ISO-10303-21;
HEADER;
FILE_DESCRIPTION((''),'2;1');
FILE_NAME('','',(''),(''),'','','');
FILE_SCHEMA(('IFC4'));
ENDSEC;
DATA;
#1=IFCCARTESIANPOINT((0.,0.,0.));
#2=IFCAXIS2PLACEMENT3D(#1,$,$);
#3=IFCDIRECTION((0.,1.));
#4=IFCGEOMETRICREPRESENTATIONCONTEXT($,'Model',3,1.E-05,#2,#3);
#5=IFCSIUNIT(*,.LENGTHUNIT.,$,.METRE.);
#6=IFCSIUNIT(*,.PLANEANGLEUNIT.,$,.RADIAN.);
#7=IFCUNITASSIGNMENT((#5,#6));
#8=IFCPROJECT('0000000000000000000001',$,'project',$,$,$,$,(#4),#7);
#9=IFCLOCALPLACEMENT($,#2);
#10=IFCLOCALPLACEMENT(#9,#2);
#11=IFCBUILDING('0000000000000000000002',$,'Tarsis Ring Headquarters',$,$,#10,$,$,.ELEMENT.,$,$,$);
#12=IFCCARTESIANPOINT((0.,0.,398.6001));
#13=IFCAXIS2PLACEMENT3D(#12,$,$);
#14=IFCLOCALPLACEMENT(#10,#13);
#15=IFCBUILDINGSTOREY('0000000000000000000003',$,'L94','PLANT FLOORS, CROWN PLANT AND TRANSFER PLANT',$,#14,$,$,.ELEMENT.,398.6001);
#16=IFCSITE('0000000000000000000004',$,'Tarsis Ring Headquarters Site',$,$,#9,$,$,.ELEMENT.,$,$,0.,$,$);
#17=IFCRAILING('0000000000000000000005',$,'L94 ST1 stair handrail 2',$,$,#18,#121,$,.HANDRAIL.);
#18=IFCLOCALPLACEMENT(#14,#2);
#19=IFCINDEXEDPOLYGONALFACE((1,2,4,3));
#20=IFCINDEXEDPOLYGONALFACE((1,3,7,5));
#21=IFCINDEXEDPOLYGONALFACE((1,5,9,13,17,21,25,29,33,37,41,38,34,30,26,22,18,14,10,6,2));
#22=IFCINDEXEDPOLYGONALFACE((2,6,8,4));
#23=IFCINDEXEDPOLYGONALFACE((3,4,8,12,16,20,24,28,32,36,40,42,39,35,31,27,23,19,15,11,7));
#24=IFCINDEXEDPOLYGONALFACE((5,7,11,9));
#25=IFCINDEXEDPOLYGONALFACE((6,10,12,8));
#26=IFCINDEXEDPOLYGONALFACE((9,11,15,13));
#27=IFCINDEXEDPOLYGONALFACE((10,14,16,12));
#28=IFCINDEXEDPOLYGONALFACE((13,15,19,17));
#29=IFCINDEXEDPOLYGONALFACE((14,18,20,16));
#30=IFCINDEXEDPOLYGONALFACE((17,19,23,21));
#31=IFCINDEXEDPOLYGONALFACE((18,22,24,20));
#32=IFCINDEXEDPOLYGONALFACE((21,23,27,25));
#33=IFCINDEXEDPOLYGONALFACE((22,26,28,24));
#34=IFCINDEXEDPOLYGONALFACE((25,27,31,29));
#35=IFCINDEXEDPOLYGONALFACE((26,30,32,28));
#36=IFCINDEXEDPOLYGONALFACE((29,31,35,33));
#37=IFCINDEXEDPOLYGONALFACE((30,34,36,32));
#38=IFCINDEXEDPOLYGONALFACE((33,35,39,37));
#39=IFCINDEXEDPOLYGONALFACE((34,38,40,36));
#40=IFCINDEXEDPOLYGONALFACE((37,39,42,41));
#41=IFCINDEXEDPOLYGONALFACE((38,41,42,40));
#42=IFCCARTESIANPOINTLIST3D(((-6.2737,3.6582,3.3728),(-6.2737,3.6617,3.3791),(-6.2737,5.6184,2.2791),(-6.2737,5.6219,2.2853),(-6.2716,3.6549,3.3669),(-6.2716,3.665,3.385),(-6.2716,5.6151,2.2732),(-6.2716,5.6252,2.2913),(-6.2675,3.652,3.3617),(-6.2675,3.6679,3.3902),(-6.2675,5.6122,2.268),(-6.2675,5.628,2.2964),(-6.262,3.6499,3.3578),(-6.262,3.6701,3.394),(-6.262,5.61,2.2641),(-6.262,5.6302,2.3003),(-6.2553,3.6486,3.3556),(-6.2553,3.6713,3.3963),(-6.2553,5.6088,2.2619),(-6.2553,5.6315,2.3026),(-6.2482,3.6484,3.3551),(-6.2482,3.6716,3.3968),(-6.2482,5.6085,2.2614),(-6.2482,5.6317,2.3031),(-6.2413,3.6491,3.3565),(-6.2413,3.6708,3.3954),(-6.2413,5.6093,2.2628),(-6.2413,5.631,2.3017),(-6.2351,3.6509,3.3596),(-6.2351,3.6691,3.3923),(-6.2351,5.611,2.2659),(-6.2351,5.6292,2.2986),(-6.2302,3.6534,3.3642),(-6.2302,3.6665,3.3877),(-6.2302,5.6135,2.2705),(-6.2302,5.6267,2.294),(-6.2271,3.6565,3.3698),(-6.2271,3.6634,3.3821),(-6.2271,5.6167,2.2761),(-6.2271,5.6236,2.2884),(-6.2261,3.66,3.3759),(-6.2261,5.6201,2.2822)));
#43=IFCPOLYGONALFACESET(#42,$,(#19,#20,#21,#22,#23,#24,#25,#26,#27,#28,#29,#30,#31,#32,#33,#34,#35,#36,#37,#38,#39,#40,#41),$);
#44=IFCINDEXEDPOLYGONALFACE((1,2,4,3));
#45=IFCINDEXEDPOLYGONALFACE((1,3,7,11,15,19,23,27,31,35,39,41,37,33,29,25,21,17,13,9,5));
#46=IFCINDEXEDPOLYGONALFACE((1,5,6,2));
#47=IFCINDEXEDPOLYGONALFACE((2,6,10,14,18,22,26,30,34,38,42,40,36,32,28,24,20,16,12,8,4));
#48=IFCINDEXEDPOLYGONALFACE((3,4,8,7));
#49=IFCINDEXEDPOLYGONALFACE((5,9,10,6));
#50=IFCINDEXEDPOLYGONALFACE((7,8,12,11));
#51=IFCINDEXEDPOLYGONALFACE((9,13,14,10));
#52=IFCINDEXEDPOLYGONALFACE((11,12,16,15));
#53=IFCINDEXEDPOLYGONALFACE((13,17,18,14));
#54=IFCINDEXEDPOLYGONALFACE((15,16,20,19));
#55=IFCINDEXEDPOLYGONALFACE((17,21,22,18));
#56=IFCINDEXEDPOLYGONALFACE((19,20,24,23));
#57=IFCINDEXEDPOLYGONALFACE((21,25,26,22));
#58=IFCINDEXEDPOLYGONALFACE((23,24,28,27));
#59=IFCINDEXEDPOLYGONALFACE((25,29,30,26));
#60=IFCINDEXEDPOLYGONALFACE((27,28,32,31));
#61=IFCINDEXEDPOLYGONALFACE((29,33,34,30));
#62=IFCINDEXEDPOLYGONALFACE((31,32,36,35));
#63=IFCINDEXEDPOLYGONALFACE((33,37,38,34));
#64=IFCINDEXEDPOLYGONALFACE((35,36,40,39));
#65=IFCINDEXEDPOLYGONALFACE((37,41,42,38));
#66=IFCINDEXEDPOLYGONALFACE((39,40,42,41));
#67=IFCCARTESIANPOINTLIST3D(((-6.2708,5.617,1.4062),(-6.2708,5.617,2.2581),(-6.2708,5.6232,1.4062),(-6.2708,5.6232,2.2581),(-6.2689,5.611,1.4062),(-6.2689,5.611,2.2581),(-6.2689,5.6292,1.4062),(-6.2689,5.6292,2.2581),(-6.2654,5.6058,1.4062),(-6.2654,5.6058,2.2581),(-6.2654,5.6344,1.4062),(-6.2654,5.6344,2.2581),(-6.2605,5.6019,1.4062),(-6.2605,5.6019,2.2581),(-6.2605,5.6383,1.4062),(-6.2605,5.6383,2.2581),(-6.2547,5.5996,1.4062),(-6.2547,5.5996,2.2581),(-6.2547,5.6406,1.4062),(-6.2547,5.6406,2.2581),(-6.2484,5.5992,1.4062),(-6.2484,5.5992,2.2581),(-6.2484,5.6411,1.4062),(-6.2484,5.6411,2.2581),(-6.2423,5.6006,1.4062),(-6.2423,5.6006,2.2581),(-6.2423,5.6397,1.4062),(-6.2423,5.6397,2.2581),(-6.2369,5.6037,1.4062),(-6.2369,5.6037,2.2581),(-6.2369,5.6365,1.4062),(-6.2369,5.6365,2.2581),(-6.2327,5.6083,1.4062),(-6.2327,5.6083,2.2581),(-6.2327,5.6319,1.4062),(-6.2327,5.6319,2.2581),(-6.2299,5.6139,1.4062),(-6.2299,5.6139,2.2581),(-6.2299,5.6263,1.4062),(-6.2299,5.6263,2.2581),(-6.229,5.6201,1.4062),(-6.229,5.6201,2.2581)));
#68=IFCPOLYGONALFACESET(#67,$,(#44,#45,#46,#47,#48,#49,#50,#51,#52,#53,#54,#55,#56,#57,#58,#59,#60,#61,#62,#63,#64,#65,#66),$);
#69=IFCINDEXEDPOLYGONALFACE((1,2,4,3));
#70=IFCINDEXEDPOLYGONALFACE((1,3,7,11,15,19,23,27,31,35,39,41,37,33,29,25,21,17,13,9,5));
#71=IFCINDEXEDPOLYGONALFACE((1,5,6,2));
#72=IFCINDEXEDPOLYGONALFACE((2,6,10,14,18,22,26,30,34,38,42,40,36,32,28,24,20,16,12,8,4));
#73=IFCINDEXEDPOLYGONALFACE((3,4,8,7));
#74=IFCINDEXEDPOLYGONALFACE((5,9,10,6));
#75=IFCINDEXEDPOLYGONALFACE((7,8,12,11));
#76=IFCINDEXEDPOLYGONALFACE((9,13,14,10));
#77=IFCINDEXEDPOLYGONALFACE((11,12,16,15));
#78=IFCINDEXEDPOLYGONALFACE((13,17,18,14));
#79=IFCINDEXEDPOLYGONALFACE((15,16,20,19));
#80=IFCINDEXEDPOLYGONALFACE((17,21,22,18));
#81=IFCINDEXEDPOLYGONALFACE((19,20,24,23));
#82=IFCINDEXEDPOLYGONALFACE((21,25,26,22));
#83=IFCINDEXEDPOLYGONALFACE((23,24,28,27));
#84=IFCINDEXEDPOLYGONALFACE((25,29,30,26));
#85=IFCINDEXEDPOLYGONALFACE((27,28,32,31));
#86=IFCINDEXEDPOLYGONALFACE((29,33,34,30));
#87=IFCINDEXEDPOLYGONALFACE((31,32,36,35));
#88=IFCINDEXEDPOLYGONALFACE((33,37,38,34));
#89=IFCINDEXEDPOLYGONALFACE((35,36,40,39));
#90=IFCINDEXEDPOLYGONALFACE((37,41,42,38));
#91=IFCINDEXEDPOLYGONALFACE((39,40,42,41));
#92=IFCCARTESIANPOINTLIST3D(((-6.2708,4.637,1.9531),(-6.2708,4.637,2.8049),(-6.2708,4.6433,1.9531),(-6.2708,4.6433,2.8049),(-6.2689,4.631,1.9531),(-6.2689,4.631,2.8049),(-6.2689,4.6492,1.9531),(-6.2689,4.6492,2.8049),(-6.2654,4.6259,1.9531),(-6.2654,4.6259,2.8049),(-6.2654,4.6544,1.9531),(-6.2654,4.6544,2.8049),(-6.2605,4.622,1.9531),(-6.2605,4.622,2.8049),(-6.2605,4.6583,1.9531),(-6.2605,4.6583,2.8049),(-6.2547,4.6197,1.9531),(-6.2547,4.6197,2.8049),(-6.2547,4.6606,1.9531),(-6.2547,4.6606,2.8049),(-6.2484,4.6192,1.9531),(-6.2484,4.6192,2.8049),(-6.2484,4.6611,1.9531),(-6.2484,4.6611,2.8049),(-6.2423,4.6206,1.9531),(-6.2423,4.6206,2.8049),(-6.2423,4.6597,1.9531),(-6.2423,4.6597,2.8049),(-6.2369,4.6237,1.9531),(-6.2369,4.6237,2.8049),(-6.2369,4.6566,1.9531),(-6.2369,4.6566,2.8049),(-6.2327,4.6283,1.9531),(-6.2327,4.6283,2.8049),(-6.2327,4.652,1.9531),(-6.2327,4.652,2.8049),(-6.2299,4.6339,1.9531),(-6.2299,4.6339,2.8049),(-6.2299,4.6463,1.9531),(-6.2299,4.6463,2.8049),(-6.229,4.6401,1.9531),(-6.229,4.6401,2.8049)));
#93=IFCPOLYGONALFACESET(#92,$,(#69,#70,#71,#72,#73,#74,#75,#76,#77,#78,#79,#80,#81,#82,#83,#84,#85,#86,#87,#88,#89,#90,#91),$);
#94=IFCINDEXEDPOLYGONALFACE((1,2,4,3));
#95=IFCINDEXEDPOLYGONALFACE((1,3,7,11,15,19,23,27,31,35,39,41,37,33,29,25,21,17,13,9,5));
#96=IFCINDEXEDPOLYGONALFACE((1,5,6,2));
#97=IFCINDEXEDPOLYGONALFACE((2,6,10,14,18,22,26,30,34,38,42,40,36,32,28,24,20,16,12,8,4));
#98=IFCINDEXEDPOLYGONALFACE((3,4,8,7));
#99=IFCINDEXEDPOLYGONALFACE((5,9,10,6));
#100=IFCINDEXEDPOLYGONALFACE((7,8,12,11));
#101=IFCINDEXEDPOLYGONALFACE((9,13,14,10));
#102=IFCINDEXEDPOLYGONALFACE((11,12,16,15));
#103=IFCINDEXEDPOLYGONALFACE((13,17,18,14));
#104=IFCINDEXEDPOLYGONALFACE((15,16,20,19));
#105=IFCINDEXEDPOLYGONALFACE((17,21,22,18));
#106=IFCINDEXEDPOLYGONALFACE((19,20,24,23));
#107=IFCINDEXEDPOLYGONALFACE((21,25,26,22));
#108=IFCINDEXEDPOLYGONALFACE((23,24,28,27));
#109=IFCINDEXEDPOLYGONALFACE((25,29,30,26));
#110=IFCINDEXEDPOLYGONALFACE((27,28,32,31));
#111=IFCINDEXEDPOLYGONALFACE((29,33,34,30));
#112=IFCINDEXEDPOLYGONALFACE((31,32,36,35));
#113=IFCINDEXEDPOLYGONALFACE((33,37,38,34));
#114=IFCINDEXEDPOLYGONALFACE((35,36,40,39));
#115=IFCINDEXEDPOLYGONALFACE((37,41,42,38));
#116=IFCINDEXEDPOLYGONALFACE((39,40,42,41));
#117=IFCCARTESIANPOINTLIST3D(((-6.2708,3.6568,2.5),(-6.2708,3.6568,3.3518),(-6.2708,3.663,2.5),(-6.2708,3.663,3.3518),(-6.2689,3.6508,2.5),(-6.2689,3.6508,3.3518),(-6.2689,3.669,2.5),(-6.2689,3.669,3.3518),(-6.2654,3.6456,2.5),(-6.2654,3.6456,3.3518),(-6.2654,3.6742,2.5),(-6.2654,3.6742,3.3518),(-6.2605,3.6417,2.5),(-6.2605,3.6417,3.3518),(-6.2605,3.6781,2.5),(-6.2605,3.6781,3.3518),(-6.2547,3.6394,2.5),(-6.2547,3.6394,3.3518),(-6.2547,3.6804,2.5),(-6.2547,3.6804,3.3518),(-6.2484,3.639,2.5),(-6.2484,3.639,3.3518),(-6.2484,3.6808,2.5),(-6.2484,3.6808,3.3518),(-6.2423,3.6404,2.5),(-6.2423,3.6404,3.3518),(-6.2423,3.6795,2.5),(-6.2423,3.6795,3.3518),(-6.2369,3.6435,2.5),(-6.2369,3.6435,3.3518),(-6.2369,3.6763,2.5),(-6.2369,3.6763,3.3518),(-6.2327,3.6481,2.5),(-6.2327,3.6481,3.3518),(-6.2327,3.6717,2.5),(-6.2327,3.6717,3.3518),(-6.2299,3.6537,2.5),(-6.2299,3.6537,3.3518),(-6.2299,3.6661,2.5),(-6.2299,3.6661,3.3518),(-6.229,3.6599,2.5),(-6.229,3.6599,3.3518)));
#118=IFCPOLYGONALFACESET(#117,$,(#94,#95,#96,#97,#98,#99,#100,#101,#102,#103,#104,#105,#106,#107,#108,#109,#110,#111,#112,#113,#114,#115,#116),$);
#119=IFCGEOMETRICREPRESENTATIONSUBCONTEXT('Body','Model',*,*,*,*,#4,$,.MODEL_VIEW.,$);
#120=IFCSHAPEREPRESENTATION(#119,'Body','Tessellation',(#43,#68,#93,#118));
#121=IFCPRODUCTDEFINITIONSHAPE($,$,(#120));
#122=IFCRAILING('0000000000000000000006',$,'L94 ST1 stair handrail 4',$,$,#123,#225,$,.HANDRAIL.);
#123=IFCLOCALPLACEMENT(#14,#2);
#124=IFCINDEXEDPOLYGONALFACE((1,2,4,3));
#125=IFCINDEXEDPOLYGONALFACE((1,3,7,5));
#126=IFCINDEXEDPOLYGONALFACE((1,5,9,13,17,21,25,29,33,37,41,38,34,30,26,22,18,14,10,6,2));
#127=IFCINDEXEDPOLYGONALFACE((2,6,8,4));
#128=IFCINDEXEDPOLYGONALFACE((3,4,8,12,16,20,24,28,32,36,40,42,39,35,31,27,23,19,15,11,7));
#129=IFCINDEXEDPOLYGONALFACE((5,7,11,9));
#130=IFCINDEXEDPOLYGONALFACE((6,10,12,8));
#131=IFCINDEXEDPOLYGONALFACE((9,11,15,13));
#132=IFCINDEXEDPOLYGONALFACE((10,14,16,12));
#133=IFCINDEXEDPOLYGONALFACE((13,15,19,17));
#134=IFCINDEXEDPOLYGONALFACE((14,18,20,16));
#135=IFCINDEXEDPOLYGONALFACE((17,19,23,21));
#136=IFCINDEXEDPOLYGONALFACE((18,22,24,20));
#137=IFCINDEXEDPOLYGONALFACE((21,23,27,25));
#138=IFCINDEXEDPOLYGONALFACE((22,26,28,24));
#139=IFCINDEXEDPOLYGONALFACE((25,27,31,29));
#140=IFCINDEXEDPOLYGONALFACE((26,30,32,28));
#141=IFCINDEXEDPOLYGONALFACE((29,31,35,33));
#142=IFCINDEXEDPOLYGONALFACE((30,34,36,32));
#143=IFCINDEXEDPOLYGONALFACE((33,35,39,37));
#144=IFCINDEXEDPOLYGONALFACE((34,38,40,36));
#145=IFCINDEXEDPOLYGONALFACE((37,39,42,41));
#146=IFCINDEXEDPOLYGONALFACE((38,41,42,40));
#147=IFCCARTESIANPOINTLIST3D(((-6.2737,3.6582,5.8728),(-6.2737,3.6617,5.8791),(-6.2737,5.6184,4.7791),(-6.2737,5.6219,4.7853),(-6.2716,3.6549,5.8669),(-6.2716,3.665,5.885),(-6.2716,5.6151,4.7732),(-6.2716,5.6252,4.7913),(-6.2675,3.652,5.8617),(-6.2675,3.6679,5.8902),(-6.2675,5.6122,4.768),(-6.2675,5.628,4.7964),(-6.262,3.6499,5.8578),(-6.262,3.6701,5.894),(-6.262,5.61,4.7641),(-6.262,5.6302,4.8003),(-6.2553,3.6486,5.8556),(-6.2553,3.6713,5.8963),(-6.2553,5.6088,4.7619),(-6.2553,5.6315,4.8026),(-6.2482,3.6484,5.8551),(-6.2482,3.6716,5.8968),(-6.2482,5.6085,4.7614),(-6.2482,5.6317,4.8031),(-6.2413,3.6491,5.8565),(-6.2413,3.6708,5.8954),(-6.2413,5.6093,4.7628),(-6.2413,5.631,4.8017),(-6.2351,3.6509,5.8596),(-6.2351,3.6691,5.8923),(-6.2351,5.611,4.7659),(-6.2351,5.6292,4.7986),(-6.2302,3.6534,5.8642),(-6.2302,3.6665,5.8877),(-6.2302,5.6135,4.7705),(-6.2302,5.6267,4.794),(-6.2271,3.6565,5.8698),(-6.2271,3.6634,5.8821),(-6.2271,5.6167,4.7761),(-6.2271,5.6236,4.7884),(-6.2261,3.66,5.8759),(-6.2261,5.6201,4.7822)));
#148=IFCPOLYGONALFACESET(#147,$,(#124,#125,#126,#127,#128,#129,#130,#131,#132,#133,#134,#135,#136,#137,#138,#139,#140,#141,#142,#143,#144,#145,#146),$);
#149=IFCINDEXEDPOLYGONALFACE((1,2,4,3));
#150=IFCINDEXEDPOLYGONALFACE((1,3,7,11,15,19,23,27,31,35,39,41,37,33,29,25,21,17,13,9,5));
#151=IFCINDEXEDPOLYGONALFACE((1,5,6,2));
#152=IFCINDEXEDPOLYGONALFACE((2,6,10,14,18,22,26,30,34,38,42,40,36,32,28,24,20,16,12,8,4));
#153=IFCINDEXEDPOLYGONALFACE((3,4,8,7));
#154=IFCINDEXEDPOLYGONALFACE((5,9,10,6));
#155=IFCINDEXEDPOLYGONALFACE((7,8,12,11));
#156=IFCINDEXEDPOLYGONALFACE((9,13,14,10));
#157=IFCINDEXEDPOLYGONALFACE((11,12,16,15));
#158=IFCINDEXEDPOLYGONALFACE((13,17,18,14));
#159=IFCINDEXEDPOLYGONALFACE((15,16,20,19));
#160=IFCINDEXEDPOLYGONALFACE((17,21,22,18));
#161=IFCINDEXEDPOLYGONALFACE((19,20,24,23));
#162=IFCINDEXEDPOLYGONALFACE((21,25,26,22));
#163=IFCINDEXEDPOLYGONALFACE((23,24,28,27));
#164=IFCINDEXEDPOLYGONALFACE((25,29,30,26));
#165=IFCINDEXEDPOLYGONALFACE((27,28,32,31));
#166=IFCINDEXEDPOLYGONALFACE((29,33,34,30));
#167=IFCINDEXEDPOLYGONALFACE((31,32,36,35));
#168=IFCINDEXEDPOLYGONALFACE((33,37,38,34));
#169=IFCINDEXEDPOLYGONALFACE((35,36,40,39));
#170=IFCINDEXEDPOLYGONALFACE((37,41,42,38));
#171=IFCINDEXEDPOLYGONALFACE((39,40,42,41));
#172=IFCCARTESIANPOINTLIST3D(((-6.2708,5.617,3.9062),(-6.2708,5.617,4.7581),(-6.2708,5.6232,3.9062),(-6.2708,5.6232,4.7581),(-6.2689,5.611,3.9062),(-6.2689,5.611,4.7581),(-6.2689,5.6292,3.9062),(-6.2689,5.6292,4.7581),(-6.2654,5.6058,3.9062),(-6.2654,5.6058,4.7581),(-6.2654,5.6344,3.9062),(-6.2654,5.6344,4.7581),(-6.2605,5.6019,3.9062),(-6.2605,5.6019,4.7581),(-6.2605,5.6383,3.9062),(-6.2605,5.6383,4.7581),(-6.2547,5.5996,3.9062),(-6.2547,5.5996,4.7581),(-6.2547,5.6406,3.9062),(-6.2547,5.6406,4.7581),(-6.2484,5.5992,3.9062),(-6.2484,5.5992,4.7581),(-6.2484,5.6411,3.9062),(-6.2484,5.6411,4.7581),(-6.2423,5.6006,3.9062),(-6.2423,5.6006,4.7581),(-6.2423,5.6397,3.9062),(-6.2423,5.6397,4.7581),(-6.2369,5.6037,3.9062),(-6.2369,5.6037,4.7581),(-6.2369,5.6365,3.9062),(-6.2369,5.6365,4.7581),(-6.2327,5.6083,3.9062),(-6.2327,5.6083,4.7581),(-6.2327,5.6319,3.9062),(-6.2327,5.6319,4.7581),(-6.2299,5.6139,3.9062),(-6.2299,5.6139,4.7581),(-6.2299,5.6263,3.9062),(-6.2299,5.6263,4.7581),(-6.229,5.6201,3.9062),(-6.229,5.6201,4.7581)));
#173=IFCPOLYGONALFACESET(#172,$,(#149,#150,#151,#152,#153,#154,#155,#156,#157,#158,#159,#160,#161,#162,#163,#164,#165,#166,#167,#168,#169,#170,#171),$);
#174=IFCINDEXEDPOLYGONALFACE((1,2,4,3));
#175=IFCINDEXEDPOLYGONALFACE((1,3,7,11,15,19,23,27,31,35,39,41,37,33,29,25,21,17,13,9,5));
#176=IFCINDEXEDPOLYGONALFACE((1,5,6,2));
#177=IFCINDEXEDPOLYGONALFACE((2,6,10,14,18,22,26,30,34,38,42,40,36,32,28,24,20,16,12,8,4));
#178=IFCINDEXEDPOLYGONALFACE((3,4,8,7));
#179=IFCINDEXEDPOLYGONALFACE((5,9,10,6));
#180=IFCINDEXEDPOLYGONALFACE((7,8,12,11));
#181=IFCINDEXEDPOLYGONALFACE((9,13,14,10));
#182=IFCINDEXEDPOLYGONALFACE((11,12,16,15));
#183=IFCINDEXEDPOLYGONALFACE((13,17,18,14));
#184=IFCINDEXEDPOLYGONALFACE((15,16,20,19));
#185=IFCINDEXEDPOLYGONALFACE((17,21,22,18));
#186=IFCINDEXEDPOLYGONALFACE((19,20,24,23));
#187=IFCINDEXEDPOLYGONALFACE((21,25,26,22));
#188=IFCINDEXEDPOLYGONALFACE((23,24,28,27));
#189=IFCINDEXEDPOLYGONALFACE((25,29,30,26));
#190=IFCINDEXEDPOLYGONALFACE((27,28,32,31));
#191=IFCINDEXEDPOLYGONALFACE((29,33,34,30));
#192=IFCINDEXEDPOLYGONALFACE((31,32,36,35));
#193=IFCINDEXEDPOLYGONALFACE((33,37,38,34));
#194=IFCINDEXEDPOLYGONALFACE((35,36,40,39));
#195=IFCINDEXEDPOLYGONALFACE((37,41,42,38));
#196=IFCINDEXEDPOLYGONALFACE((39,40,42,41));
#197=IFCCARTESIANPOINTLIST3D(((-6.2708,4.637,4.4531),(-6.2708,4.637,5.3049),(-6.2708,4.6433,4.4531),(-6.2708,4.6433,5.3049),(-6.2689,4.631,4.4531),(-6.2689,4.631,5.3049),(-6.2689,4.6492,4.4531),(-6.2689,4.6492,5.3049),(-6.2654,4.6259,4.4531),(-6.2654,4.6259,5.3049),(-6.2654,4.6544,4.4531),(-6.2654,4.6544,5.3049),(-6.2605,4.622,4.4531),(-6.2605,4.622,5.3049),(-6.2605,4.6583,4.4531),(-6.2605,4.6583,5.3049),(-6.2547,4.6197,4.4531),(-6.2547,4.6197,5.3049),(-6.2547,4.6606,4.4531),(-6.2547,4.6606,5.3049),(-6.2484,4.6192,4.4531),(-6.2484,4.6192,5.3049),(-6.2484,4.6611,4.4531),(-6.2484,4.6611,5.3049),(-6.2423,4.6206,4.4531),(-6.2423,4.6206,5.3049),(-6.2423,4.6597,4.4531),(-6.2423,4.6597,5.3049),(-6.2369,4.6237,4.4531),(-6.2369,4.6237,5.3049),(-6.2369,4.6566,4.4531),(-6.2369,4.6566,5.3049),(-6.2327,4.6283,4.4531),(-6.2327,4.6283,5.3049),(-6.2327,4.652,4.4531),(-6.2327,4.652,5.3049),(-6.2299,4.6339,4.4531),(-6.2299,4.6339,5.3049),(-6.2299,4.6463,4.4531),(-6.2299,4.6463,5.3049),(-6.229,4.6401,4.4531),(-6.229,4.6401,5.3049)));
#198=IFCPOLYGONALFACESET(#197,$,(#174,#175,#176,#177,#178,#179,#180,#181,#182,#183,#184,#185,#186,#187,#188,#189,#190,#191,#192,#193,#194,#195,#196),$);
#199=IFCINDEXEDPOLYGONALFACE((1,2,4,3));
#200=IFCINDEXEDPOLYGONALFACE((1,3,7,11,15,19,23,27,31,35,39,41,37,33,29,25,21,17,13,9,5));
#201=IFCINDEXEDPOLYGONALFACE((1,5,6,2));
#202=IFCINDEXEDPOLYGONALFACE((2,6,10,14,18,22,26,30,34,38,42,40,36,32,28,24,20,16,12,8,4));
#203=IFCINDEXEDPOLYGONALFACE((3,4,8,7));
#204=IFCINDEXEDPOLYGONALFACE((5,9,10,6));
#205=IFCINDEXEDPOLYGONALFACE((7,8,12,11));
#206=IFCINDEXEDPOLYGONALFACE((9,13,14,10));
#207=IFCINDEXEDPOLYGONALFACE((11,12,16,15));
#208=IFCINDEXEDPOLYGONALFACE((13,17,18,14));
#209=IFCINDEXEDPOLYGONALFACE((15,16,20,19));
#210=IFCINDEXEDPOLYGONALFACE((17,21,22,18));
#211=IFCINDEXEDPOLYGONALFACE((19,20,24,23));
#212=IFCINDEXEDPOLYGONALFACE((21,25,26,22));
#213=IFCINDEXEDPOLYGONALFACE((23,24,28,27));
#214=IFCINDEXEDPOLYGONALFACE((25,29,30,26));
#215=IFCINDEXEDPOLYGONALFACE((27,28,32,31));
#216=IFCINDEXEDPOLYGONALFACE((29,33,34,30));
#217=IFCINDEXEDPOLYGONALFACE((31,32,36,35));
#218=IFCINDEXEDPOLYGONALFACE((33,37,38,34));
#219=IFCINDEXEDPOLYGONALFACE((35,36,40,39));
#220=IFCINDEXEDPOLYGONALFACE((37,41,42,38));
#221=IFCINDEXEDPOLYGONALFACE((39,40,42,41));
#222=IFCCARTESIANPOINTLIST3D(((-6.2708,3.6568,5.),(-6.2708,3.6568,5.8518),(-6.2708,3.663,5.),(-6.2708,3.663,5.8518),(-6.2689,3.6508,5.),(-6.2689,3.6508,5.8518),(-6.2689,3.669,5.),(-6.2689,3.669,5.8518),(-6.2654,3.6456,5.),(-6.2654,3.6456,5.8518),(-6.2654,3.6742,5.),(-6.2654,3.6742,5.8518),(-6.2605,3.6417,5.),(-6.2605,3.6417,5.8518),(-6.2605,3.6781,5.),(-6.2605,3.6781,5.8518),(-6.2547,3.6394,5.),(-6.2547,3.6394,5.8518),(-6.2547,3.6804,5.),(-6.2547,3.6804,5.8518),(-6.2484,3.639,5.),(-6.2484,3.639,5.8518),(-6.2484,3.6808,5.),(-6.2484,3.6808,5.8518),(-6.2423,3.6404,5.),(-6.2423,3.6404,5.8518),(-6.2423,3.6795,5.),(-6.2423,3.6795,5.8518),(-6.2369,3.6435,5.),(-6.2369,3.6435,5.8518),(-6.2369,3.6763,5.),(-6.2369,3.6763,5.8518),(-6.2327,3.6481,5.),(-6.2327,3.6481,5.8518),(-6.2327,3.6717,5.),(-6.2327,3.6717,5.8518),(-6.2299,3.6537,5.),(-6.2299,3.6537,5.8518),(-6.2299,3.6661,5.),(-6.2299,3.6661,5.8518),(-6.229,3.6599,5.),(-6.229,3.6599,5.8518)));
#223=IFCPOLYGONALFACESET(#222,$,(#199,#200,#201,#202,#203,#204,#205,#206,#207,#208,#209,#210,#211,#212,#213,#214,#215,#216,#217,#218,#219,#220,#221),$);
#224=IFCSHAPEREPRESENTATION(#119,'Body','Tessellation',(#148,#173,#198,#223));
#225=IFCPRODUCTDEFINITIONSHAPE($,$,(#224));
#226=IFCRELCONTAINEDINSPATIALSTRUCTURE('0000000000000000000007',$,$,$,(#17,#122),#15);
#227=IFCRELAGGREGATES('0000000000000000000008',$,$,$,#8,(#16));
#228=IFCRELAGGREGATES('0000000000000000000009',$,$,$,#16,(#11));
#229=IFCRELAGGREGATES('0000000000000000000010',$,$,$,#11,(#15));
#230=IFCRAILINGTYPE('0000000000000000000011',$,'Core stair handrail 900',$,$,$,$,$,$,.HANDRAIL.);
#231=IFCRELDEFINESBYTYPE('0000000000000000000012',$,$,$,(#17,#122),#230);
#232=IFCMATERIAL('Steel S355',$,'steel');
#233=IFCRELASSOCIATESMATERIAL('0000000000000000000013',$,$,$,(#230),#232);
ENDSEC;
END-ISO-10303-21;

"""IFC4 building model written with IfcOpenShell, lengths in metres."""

from ifc_helpers import new_model, si_unit, direction, frame, origin, origin_2d, place, context, subcontext, project, spatial, circle, extrude, material, type_object, element, save


model = new_model("IFC4")

# Units and contexts
model_context = context("Model", 3, precision=1e-05, world=origin(), true_north=direction((0.0, 1.0)))
body_context = subcontext(model_context, "Body", "Model", "MODEL_VIEW")
ifc_project = project(units=[si_unit("LENGTHUNIT", "METRE"), si_unit("PLANEANGLEUNIT", "RADIAN")], contexts=[model_context])

# Site, building, storey
site_placement = place(None, origin())
site = spatial("IfcSite", under=ifc_project, at=site_placement, Name="Tarsis Ring Headquarters Site", CompositionType="ELEMENT", RefElevation=0.0)
building_placement = place(site_placement, origin())
building = spatial("IfcBuilding", under=site, at=building_placement, Name="Tarsis Ring Headquarters", CompositionType="ELEMENT")
storey_placement = place(building_placement, frame((0.0, 0.0, 398.6001)))
storey = spatial("IfcBuildingStorey", under=building, at=storey_placement, Name="L94", Description="PLANT FLOORS, CROWN PLANT AND TRANSFER PLANT", CompositionType="ELEMENT", Elevation=398.6001)

# Shared definitions
ifc_material_1 = material(Name="Steel S355", Category="steel")

# Railings
railing_type_1 = type_object("IfcRailingType", Name="Core stair handrail 900", PredefinedType="HANDRAIL", material=ifc_material_1)
for number, where, name in (
    (1, (-6.25, 5.6201, 1.4062), "L94 ST1 stair handrail 2"),
    (2, (-6.25, 5.6201, 3.9062), "L94 ST1 stair handrail 4"),
):
    element("IfcRailing", number, at=place(storey_placement, frame(where)), inside=storey, type_object=railing_type_1, Name=name, PredefinedType="HANDRAIL", context=body_context, shape_type="SweptSolid", body=[
        extrude(circle(Radius=0.0239, at=origin_2d()), frame((0.0, 0.0, 0.876), z_axis=(0.0, -0.873258, 0.487258), x_axis=(1.0, 0.0, 0.0)), (0.0, 0.0, 1.0), 2.2446),
        extrude(circle(Radius=0.021, at=origin_2d()), origin(), (0.0, 0.0, 1.0), 0.8518),
        extrude(circle(Radius=0.021, at=origin_2d()), frame((0.0, -0.98, 0.5469)), (0.0, 0.0, 1.0), 0.8518),
        extrude(circle(Radius=0.021, at=origin_2d()), frame((0.0, -1.9602, 1.0938)), (0.0, 0.0, 1.0), 0.8518),
    ])

save(model, "model.ifc")
